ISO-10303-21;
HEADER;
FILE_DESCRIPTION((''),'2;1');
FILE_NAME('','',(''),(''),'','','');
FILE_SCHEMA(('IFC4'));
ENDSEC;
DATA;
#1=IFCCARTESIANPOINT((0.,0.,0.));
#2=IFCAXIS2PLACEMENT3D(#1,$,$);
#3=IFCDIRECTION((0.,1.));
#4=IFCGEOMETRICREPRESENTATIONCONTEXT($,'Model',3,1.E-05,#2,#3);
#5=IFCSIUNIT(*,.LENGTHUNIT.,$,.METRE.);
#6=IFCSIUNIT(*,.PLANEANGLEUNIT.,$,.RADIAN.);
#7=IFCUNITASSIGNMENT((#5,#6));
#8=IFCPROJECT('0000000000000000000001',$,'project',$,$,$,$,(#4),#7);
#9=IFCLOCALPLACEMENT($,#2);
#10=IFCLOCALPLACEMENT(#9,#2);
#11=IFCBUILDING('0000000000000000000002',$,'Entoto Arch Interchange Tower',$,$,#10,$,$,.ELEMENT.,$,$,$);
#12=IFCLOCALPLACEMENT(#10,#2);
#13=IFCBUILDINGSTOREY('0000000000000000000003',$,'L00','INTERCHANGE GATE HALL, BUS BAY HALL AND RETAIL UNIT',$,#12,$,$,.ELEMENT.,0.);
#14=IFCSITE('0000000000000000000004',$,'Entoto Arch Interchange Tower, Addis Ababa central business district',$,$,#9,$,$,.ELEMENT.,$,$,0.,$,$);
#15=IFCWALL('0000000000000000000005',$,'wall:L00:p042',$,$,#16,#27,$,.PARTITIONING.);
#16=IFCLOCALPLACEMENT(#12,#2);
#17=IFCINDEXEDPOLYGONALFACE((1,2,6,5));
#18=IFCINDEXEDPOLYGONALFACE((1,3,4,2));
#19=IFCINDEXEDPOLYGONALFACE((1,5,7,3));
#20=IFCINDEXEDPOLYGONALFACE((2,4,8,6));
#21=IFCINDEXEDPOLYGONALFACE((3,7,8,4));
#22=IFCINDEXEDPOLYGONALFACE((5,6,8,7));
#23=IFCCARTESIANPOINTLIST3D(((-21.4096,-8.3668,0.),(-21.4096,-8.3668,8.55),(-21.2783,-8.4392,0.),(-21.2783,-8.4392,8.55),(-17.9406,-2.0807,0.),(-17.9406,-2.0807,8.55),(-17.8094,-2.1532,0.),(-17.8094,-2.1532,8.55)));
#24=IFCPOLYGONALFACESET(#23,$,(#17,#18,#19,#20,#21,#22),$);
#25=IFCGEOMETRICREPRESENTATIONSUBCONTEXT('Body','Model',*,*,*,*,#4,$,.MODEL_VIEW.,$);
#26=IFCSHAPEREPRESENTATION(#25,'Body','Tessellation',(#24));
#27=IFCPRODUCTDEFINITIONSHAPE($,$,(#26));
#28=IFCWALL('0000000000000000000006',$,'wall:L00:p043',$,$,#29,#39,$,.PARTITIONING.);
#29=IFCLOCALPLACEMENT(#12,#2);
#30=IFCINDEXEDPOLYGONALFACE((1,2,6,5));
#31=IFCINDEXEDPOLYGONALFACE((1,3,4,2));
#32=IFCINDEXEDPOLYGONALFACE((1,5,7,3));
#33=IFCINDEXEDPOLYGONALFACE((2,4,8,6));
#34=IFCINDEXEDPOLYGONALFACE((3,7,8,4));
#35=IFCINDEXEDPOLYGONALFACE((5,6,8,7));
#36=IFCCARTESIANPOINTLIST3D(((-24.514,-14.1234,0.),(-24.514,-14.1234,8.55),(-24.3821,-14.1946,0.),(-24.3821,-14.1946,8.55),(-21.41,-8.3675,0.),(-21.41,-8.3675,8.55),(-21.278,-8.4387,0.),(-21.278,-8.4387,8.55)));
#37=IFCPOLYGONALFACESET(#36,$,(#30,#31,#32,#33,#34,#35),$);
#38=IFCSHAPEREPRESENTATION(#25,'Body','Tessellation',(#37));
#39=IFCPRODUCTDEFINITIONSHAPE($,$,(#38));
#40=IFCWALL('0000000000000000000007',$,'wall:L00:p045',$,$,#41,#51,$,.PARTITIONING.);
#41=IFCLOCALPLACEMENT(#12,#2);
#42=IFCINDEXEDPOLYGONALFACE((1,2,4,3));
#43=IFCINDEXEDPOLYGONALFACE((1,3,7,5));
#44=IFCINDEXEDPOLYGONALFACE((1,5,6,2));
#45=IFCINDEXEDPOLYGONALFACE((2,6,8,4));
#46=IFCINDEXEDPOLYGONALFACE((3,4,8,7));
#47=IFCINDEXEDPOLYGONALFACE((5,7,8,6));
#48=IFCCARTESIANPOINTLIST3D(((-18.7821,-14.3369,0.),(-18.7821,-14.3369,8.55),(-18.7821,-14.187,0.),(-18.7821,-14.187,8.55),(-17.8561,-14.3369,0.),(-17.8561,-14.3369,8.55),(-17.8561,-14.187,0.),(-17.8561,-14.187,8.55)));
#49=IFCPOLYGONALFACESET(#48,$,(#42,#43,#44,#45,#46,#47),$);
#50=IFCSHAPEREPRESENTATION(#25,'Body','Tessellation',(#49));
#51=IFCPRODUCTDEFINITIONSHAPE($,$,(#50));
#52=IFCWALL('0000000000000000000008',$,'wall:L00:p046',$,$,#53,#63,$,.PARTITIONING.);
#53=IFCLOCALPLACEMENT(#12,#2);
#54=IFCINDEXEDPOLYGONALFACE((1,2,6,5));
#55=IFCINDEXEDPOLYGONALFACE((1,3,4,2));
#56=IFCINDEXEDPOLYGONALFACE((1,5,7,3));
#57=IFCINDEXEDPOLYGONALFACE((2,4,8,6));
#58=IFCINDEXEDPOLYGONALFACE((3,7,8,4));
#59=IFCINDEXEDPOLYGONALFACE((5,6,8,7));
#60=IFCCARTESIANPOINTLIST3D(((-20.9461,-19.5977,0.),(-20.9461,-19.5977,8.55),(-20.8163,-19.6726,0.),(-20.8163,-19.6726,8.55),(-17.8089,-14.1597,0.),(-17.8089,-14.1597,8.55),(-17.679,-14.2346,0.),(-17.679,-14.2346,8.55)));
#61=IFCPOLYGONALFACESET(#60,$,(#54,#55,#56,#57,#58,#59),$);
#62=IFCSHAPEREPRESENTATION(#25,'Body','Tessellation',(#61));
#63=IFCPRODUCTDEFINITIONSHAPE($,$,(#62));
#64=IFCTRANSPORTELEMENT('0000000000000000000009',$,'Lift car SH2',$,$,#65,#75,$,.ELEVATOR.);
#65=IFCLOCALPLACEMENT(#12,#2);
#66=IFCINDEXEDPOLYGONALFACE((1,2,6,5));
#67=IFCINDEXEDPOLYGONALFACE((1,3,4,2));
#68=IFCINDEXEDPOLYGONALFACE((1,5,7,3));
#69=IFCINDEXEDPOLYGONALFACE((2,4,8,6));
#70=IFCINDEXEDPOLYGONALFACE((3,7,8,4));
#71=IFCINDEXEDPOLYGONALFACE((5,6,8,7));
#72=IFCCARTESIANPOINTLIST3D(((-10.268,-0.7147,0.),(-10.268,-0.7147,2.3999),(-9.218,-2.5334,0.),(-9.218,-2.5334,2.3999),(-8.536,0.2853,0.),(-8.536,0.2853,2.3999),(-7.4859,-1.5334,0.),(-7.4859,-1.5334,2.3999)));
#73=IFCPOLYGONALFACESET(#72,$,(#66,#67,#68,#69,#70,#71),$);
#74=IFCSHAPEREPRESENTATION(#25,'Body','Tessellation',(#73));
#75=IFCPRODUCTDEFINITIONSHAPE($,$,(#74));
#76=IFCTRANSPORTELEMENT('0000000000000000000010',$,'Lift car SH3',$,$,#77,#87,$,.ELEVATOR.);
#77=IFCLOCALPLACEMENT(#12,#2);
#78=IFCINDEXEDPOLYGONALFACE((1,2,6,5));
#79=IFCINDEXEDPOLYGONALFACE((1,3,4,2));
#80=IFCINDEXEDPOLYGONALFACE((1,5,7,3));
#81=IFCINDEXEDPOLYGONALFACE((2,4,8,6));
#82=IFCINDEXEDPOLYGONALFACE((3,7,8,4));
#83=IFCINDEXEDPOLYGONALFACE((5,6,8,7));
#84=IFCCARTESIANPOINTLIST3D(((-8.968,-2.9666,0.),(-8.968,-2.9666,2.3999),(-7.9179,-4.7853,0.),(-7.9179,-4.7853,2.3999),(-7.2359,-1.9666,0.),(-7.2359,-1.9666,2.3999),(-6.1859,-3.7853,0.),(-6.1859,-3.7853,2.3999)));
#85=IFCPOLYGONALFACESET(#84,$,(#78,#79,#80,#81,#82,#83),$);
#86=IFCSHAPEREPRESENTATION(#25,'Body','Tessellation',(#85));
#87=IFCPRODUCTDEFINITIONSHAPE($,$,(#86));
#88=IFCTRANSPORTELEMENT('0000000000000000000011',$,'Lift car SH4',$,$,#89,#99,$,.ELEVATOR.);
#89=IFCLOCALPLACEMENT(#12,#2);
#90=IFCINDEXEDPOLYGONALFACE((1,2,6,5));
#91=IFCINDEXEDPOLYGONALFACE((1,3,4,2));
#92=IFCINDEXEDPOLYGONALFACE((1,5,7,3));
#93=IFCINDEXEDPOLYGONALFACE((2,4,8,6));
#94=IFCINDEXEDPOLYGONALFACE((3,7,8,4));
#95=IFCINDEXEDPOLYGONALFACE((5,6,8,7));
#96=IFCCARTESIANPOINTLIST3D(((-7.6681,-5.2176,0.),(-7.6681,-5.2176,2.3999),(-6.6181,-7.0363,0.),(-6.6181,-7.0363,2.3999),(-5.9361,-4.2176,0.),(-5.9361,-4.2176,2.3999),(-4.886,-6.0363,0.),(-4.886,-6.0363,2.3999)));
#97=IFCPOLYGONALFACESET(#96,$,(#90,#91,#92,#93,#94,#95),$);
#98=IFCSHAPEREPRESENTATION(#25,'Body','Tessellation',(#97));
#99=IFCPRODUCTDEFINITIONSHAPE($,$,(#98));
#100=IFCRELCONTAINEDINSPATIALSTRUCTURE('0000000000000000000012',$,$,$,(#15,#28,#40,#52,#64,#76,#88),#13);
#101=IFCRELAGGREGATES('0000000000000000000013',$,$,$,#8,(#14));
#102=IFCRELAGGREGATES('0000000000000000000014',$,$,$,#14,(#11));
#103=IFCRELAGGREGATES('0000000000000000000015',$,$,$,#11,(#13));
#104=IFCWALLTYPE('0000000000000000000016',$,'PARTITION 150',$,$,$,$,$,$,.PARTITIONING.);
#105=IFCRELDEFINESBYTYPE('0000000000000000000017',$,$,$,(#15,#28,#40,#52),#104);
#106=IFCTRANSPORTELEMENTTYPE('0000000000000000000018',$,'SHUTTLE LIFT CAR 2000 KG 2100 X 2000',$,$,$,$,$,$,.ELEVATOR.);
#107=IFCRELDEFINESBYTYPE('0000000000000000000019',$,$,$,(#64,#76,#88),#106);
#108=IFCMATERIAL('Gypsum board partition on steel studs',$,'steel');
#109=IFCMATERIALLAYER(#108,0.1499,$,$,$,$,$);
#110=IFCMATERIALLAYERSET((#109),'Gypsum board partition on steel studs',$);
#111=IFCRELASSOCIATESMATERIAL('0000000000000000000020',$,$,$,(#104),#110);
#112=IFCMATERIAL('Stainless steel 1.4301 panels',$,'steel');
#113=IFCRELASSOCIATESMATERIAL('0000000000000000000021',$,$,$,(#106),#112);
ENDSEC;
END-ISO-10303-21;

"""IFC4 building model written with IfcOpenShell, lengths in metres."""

from ifc_helpers import new_model, si_unit, direction, frame, frame_2d, origin, origin_2d, place, context, subcontext, project, spatial, rectangle, extrude, material, layer, layer_set, type_object, element, save


model = new_model("IFC4")

# Units and contexts
model_context = context("Model", 3, precision=1e-05, world=origin(), true_north=direction((0.0, 1.0)))
body_context = subcontext(model_context, "Body", "Model", "MODEL_VIEW")
ifc_project = project(units=[si_unit("LENGTHUNIT", "METRE"), si_unit("PLANEANGLEUNIT", "RADIAN")], contexts=[model_context])

# Site, building, storey
site_placement = place(None, origin())
site = spatial("IfcSite", under=ifc_project, at=site_placement, Name="Entoto Arch Interchange Tower, Addis Ababa central business district", CompositionType="ELEMENT", RefElevation=0.0)
building_placement = place(site_placement, origin())
building = spatial("IfcBuilding", under=site, at=building_placement, Name="Entoto Arch Interchange Tower", CompositionType="ELEMENT")
storey_placement = place(building_placement, origin())
storey = spatial("IfcBuildingStorey", under=building, at=storey_placement, Name="L00", Description="INTERCHANGE GATE HALL, BUS BAY HALL AND RETAIL UNIT", CompositionType="ELEMENT", Elevation=0.0)

# Shared definitions
ifc_material_1 = material(Name="Stainless steel 1.4301 panels", Category="steel")

# Walls
ifc_material_2 = material(Name="Gypsum board partition on steel studs", Category="steel")
ifc_layer_1 = layer(ifc_material_2, 0.1499)
ifc_layer_set_1 = layer_set([ifc_layer_1], Name="Gypsum board partition on steel studs")
wall_type_1 = type_object("IfcWallType", Name="PARTITION 150", PredefinedType="PARTITIONING", material=ifc_layer_set_1)
wall_1_placement = place(storey_placement, frame((-17.875, -2.1169, 0.0), z_axis=(0.0, 0.0, 1.0), x_axis=(-0.483161, -0.875532, 0.0)))
element("IfcWall", 1, at=wall_1_placement, inside=storey, type_object=wall_type_1, Name="wall:L00:p042", PredefinedType="PARTITIONING", context=body_context, shape_type="SweptSolid", body=[
    extrude(rectangle(XDim=7.1797, YDim=0.1499, at=frame_2d((3.5898, 0.0))), origin(), (0.0, 0.0, 1.0), 8.55),
])
wall_2_placement = place(storey_placement, frame((-21.344, -8.4031, 0.0), z_axis=(0.0, 0.0, 1.0), x_axis=(-0.474656, -0.880171, 0.0)))
element("IfcWall", 2, at=wall_2_placement, inside=storey, type_object=wall_type_1, Name="wall:L00:p043", PredefinedType="PARTITIONING", context=body_context, shape_type="SweptSolid", body=[
    extrude(rectangle(XDim=6.5396, YDim=0.1499, at=frame_2d((3.2698, 0.0))), origin(), (0.0, 0.0, 1.0), 8.55),
])
wall_3_placement = place(storey_placement, frame((-18.782, -14.262, 0.0), z_axis=(0.0, 0.0, 1.0), x_axis=(1.0, 0.0, 0.0)))
element("IfcWall", 3, at=wall_3_placement, inside=storey, type_object=wall_type_1, Name="wall:L00:p045", PredefinedType="PARTITIONING", context=body_context, shape_type="SweptSolid", body=[
    extrude(rectangle(XDim=0.926, YDim=0.1499, at=frame_2d((0.4629, 0.0))), origin(), (0.0, 0.0, 1.0), 8.55),
])
wall_4_placement = place(storey_placement, frame((-17.7439, -14.197, 0.0), z_axis=(0.0, 0.0, 1.0), x_axis=(-0.499711, -0.866192, 0.0)))
element("IfcWall", 4, at=wall_4_placement, inside=storey, type_object=wall_type_1, Name="wall:L00:p046", PredefinedType="PARTITIONING", context=body_context, shape_type="SweptSolid", body=[
    extrude(rectangle(XDim=6.2781, YDim=0.1499, at=frame_2d((3.1392, 0.0))), origin(), (0.0, 0.0, 1.0), 8.55),
])

# Transport elements
transport_element_type = type_object("IfcTransportElementType", Name="SHUTTLE LIFT CAR 2000 KG 2100 X 2000", PredefinedType="ELEVATOR", material=ifc_material_1)
for number, where, z_axis, x_axis, name in (
    (5, (-8.877, -1.124, 0.0), (0.0, 0.0, 1.0), (-0.5, 0.866025, 0.0), "Lift car SH2"),
    (6, (-7.5769, -3.376, 0.0), (0.0, 0.0, 1.0), (-0.5, 0.866025, 0.0), "Lift car SH3"),
    (7, (-6.2771, -5.627, 0.0), (0.0, 0.0, 1.0), (-0.5, 0.866025, 0.0), "Lift car SH4"),
):
    element("IfcTransportElement", number, at=place(storey_placement, frame(where, z_axis=z_axis, x_axis=x_axis)), inside=storey, type_object=transport_element_type, Name=name, PredefinedType="ELEVATOR", context=body_context, shape_type="SweptSolid", body=[
        extrude(rectangle(XDim=2.1001, YDim=2.0, at=origin_2d()), origin(), (0.0, 0.0, 1.0), 2.3999),
    ])

save(model, "model.ifc")
